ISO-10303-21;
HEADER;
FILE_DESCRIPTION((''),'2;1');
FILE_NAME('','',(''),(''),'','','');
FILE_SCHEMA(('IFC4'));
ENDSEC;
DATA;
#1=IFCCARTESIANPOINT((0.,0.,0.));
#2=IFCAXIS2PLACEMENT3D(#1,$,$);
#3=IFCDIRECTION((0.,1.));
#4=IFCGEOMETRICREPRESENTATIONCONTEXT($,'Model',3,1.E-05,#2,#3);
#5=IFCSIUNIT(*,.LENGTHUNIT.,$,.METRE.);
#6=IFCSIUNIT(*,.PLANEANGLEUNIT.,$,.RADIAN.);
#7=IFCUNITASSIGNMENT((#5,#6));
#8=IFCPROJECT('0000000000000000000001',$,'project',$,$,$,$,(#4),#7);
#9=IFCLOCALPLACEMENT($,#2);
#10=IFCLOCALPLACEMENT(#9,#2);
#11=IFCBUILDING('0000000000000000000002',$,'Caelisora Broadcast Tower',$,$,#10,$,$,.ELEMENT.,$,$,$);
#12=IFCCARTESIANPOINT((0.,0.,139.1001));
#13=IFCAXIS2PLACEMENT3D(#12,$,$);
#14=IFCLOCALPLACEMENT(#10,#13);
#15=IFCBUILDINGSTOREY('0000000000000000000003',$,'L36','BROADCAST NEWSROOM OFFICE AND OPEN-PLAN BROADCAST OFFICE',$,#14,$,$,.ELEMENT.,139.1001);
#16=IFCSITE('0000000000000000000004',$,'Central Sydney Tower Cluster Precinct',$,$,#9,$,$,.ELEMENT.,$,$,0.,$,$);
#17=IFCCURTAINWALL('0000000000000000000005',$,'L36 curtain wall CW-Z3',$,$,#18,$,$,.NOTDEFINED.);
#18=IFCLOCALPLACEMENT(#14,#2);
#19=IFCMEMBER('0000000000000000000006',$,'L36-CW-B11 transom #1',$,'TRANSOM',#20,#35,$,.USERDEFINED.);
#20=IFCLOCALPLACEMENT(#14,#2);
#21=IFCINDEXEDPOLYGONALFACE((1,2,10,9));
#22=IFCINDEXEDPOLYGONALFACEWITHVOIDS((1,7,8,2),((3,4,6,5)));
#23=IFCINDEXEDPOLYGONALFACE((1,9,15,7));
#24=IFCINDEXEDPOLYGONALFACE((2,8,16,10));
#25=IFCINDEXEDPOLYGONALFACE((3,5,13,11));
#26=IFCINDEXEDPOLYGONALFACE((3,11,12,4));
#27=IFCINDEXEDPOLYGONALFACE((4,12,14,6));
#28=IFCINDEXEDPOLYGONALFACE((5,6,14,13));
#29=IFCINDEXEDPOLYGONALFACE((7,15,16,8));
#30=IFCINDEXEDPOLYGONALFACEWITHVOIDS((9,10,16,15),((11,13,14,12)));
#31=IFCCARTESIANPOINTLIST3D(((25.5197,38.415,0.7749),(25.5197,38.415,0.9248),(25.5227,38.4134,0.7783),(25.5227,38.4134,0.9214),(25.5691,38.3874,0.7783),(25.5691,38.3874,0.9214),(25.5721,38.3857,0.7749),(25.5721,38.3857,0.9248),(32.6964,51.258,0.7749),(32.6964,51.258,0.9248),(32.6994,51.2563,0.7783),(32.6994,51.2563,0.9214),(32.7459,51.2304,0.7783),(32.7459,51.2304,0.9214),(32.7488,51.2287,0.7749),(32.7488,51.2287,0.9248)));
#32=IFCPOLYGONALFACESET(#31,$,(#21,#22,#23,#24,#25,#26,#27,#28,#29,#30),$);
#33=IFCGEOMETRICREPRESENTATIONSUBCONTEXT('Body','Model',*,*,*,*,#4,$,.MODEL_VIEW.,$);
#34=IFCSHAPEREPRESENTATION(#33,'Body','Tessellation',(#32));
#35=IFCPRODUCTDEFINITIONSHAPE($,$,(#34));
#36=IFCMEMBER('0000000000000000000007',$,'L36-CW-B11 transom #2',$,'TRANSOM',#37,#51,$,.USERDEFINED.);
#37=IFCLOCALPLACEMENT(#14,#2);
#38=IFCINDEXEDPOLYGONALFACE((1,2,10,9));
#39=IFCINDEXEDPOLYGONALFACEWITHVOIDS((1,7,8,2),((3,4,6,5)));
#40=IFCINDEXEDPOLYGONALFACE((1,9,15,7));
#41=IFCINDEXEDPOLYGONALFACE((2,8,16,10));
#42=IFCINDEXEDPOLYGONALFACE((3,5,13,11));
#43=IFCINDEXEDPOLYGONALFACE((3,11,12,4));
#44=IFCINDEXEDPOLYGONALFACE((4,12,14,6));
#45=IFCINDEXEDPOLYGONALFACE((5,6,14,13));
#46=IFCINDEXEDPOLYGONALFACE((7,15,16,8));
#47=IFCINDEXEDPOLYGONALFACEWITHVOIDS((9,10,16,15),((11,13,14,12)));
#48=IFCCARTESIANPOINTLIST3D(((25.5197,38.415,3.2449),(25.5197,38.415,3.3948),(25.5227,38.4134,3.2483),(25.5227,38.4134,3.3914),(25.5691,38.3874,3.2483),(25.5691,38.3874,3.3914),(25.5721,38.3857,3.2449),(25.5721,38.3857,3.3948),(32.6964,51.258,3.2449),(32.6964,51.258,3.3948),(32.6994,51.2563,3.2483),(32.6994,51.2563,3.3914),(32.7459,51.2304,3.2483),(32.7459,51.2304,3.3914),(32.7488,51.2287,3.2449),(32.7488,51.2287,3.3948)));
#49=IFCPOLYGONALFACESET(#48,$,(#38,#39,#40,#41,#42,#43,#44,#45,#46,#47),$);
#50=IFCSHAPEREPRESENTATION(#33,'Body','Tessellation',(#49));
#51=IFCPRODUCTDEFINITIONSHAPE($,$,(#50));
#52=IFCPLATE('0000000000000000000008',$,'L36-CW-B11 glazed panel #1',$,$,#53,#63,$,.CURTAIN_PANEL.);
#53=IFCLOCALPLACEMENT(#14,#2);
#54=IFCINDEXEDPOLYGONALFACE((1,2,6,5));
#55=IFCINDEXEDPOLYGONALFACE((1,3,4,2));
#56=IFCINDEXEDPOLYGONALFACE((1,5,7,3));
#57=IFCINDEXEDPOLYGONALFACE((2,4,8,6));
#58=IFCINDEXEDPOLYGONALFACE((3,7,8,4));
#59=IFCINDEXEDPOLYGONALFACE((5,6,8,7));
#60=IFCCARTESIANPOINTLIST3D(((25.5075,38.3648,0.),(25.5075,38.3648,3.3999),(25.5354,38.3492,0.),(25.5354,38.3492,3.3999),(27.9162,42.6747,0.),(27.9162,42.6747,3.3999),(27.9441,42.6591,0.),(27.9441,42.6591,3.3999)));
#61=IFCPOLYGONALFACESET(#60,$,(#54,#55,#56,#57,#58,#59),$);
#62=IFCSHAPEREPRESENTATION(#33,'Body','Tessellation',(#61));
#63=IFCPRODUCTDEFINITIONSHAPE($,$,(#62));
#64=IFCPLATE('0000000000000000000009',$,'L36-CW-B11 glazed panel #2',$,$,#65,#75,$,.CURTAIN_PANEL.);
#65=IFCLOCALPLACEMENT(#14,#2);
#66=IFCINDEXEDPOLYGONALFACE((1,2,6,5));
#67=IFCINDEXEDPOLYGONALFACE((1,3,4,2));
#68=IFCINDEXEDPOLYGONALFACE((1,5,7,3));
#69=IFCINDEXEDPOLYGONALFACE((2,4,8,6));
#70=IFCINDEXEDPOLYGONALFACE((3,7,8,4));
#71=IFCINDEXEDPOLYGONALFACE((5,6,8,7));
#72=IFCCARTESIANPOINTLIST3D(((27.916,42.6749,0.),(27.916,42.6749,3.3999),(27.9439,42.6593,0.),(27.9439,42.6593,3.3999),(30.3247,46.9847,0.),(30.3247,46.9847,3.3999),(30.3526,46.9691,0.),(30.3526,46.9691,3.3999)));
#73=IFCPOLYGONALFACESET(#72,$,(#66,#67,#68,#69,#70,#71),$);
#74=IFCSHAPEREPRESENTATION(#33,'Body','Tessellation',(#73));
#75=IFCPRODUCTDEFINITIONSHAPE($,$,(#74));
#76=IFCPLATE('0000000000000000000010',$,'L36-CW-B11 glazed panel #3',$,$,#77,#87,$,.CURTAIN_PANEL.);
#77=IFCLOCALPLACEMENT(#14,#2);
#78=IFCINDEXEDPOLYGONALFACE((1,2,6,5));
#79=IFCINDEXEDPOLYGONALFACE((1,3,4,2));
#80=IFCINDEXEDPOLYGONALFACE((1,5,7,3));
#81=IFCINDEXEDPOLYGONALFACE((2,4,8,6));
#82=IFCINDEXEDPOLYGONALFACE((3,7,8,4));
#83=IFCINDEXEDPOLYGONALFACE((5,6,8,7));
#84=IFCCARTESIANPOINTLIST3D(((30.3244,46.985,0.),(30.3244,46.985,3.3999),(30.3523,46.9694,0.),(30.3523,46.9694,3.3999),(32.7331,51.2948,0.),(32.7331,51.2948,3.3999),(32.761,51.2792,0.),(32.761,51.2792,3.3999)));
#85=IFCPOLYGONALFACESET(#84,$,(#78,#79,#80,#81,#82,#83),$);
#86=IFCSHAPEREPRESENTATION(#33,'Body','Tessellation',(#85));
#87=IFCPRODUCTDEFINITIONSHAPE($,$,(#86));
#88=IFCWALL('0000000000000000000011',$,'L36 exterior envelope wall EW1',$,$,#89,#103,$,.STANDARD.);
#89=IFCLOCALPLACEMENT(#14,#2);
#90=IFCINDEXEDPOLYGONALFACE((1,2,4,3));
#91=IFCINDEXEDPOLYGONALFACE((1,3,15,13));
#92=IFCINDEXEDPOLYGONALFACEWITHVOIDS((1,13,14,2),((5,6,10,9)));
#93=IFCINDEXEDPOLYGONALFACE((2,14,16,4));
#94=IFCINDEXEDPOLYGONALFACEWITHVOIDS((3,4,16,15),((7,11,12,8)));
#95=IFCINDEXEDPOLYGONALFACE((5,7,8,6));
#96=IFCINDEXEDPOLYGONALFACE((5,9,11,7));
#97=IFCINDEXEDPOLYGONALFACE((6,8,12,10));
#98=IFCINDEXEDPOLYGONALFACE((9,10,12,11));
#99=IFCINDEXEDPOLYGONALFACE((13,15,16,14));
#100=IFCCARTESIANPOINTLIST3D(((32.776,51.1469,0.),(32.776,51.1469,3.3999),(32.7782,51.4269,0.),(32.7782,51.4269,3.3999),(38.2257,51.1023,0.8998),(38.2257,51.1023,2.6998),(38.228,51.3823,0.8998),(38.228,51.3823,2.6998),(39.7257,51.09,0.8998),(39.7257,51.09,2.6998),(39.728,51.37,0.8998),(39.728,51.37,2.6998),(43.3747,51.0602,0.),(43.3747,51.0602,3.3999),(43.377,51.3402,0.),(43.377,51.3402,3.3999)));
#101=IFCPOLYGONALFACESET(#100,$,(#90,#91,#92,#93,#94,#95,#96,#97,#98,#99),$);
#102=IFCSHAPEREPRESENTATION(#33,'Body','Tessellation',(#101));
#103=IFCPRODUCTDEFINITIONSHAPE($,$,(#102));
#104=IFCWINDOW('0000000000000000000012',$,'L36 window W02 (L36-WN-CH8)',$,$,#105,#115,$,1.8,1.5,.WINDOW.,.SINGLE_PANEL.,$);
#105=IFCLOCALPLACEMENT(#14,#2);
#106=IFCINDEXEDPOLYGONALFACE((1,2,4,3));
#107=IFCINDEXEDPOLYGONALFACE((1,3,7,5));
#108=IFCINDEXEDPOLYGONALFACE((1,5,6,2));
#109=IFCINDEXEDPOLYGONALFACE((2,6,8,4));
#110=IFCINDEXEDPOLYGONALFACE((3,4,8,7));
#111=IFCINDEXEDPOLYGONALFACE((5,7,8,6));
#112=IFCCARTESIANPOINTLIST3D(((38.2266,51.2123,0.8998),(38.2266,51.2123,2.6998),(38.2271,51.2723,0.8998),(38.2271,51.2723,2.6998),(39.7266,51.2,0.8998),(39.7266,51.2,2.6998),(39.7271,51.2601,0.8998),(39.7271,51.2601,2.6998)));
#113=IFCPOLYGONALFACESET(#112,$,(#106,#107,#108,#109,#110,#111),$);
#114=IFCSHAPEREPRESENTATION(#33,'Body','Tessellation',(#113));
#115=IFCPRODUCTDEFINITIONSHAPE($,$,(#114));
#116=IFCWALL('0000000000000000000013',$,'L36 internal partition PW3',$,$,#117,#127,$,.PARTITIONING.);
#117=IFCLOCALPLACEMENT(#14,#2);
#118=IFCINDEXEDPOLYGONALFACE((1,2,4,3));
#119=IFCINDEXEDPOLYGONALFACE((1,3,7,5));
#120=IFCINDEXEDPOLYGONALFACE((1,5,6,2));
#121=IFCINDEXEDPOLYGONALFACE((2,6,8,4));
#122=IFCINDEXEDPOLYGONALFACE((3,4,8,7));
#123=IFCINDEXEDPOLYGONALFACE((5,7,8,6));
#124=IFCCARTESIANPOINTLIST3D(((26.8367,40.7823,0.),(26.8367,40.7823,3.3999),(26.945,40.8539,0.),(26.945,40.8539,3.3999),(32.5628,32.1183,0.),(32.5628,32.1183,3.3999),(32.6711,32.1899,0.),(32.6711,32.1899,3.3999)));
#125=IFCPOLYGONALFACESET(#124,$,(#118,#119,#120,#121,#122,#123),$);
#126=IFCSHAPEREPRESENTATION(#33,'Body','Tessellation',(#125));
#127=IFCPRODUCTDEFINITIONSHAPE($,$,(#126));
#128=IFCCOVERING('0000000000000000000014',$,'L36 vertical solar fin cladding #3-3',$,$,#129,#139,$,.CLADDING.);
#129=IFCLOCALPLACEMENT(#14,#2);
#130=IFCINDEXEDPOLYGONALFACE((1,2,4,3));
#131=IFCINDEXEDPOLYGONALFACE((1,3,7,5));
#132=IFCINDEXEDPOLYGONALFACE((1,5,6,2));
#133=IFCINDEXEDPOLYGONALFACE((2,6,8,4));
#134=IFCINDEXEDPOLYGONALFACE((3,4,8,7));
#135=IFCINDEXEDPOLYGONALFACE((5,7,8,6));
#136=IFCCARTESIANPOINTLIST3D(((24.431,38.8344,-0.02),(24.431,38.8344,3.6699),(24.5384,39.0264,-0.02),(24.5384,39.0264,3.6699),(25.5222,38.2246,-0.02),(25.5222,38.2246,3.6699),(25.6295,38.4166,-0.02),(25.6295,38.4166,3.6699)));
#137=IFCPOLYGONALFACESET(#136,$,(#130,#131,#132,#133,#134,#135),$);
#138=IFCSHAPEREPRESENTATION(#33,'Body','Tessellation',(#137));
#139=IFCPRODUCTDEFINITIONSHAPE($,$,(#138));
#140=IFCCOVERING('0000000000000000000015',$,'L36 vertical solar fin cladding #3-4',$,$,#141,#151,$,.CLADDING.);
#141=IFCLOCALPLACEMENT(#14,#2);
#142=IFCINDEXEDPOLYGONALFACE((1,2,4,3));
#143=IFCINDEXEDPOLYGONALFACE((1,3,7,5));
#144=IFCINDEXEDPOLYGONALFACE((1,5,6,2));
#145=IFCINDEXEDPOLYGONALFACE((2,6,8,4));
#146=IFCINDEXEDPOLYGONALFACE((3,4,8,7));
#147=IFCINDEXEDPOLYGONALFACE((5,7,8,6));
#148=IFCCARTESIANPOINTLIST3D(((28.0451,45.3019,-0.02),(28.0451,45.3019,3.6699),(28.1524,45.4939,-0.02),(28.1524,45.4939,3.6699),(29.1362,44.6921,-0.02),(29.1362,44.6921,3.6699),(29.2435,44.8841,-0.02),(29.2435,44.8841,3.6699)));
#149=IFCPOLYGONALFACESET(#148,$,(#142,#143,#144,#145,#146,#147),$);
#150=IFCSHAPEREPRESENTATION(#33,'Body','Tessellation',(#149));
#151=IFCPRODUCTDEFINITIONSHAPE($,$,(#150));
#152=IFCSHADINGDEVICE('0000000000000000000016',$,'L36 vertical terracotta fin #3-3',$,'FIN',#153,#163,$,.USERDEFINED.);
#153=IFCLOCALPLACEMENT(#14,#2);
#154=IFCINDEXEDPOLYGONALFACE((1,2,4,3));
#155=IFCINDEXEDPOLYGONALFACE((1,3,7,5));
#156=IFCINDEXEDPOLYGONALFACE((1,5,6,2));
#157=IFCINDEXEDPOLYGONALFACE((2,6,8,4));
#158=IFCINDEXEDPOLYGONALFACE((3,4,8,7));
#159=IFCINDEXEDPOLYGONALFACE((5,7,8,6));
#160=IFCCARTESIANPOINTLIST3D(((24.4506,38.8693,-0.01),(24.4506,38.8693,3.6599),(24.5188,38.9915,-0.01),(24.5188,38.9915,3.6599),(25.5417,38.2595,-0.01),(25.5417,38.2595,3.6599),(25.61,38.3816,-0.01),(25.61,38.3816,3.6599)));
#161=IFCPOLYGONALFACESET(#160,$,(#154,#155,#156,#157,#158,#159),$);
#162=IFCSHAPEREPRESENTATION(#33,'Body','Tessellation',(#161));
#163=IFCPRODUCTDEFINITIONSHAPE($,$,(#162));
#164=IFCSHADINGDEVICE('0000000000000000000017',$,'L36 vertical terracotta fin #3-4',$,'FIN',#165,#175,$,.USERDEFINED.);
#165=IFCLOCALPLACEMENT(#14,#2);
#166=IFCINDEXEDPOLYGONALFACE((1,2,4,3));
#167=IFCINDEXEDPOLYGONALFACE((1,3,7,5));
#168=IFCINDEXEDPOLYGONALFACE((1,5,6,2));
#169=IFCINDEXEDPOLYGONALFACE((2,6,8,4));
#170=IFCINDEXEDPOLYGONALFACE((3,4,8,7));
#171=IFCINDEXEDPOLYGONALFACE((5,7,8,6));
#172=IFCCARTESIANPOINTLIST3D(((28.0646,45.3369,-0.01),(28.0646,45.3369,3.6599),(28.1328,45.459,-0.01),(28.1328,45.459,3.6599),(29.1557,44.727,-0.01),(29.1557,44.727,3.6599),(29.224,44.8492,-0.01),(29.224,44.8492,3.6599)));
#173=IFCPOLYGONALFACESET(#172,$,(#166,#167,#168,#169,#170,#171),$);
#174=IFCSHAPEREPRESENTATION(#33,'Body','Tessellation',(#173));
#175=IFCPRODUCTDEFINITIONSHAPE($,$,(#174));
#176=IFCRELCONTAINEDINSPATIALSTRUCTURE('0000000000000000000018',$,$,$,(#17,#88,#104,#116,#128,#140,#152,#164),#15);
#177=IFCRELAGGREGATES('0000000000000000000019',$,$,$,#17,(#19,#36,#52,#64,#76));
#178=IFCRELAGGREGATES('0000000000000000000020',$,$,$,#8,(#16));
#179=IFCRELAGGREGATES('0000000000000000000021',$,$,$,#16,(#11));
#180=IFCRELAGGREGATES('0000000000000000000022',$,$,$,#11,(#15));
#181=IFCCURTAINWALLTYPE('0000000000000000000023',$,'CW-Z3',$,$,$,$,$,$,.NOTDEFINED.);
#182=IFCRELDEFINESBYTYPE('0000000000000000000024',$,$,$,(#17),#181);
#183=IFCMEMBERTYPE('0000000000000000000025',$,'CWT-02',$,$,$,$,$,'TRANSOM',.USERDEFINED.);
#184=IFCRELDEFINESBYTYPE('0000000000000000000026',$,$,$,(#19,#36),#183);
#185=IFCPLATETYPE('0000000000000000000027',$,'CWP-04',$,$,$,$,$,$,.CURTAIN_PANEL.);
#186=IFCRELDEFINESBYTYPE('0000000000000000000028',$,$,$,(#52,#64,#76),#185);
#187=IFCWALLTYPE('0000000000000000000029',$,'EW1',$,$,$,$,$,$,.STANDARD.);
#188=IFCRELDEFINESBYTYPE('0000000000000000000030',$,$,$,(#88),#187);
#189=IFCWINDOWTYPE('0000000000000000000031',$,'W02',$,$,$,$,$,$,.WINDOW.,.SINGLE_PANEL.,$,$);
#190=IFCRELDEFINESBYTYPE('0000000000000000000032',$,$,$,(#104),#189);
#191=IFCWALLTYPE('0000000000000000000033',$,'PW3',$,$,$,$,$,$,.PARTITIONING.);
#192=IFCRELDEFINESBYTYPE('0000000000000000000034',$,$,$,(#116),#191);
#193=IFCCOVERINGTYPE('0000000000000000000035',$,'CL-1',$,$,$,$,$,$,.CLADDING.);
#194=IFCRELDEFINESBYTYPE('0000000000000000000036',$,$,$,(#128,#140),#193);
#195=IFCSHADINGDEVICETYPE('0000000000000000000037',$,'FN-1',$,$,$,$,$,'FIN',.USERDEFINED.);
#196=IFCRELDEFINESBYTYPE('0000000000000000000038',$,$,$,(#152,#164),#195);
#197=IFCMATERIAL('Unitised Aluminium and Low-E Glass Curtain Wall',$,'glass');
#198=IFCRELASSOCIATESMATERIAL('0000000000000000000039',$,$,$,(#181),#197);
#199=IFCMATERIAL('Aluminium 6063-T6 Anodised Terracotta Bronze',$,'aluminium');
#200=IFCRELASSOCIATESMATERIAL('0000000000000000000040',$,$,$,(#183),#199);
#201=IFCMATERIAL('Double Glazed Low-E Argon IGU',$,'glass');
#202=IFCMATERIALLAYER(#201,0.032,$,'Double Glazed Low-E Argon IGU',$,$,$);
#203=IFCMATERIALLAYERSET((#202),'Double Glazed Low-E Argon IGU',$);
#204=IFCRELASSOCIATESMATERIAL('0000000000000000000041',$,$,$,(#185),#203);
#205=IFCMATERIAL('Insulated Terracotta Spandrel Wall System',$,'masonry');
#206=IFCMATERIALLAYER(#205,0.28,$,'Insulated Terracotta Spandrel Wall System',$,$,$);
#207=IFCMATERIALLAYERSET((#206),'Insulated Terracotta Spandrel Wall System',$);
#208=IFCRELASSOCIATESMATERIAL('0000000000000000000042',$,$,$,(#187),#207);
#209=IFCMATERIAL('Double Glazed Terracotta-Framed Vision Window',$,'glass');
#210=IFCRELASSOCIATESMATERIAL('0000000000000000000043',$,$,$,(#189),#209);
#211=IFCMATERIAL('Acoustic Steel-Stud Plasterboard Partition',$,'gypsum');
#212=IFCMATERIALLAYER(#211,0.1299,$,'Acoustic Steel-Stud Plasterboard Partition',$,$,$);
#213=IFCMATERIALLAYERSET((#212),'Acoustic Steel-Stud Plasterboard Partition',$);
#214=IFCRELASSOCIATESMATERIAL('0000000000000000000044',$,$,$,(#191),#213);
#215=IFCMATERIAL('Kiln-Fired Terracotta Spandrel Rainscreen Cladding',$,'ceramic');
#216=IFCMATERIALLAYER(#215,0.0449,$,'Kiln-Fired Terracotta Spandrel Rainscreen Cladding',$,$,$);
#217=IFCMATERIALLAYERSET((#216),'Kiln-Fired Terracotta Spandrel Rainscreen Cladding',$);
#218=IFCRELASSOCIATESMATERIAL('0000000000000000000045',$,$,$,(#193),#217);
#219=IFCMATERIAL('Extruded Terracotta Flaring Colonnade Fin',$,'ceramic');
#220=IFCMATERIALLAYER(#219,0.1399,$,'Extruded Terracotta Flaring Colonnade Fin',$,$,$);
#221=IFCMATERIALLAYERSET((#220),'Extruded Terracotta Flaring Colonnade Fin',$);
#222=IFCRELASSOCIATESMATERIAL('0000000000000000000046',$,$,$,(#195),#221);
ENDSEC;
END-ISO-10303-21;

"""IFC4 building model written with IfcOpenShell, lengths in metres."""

from ifc_helpers import new_model, si_unit, direction, frame, frame_2d, origin, origin_2d, place, context, subcontext, project, spatial, rectangle, hollow_rectangle, extrude, source, transform, mapped, material, layer, layer_set, material_profile, profile_set, type_object, type_shapes, element, fill, aggregate, save


model = new_model("IFC4")

# Units and contexts
model_context = context("Model", 3, precision=1e-05, world=origin(), true_north=direction((0.0, 1.0)))
body_context = subcontext(model_context, "Body", "Model", "MODEL_VIEW")
ifc_project = project(units=[si_unit("LENGTHUNIT", "METRE"), si_unit("PLANEANGLEUNIT", "RADIAN")], contexts=[model_context])

# Site, building, storey
site_placement = place(None, origin())
site = spatial("IfcSite", under=ifc_project, at=site_placement, Name="Central Sydney Tower Cluster Precinct", CompositionType="ELEMENT", RefElevation=0.0)
building_placement = place(site_placement, origin())
building = spatial("IfcBuilding", under=site, at=building_placement, Name="Caelisora Broadcast Tower", CompositionType="ELEMENT")
storey_placement = place(building_placement, frame((0.0, 0.0, 139.1001)))
storey = spatial("IfcBuildingStorey", under=building, at=storey_placement, Name="L36", Description="BROADCAST NEWSROOM OFFICE AND OPEN-PLAN BROADCAST OFFICE", CompositionType="ELEMENT", Elevation=139.1001)

# Shared definitions
ifc_material_1 = material(Name="Aluminium 6063-T6 Anodised Terracotta Bronze", Category="aluminium")

# Curtain wall, members, plates
ifc_material_2 = material(Name="Unitised Aluminium and Low-E Glass Curtain Wall", Category="glass")
curtain_wall_type_1 = type_object("IfcCurtainWallType", Name="CW-Z3", PredefinedType="NOTDEFINED", material=ifc_material_2)
curtain_wall_1_placement = place(storey_placement, origin())
curtain_wall_1 = element("IfcCurtainWall", 1, at=curtain_wall_1_placement, inside=storey, type_object=curtain_wall_type_1, Name="L36 curtain wall CW-Z3", PredefinedType="NOTDEFINED")
ifc_material_profile_1 = material_profile(ifc_material_1, hollow_rectangle(XDim=0.0601, YDim=0.1499, WallThickness=0.0034, at=origin_2d()), Name="Aluminium 6063-T6 Anodised Terracotta Bronze")
ifc_profile_set_1 = profile_set([ifc_material_profile_1], Name="Aluminium 6063-T6 Anodised Terracotta Bronze")
member_type_1 = type_object("IfcMemberType", Name="CWT-02", ElementType="TRANSOM", PredefinedType="USERDEFINED", material=ifc_profile_set_1)
shared_shape_1 = source(origin(), body_context, "Body", "SweptSolid", [
    extrude(hollow_rectangle(XDim=0.0601, YDim=0.1499, WallThickness=0.0034, at=origin_2d()), origin(), (0.0, 0.0, 1.0), 14.7122),
])
type_shapes(member_type_1, [shared_shape_1])
member_1_placement = place(storey_placement, frame((25.5459, 38.4004, 0.8499), z_axis=(0.48781, 0.87295, 0.0), x_axis=(-0.87295, 0.48781, 0.0)))
member_1 = element("IfcMember", 2, at=member_1_placement, type_object=member_type_1, Name="L36-CW-B11 transom #1", ObjectType="TRANSOM", PredefinedType="USERDEFINED", context=body_context, shape_type="MappedRepresentation", body=[
    mapped(shared_shape_1, transform((0.0, 0.0, 0.0), scale=1.0)),
])
member_2_placement = place(storey_placement, frame((25.5459, 38.4004, 3.3198), z_axis=(0.48781, 0.87295, 0.0), x_axis=(-0.87295, 0.48781, 0.0)))
member_2 = element("IfcMember", 3, at=member_2_placement, type_object=member_type_1, Name="L36-CW-B11 transom #2", ObjectType="TRANSOM", PredefinedType="USERDEFINED", context=body_context, shape_type="MappedRepresentation", body=[
    mapped(shared_shape_1, transform((0.0, 0.0, 0.0), scale=1.0)),
])
ifc_material_3 = material(Name="Double Glazed Low-E Argon IGU", Category="glass")
ifc_layer_1 = layer(ifc_material_3, 0.032, Name="Double Glazed Low-E Argon IGU")
ifc_layer_set_1 = layer_set([ifc_layer_1], Name="Double Glazed Low-E Argon IGU")
plate_type = type_object("IfcPlateType", Name="CWP-04", PredefinedType="CURTAIN_PANEL", material=ifc_layer_set_1)
shared_shape_2 = source(origin(), body_context, "Body", "SweptSolid", [
    extrude(rectangle(XDim=4.9373, YDim=0.032, at=origin_2d()), origin(), (0.0, 0.0, 1.0), 3.3999),
])
type_shapes(plate_type, [shared_shape_2])
plate_1_placement = place(storey_placement, frame((26.7258, 40.512, 0.0), z_axis=(0.0, 0.0, 1.0), x_axis=(0.48786, 0.872922, 0.0)))
plate_1 = element("IfcPlate", 4, at=plate_1_placement, type_object=plate_type, Name="L36-CW-B11 glazed panel #1", PredefinedType="CURTAIN_PANEL", context=body_context, shape_type="MappedRepresentation", body=[
    mapped(shared_shape_2, transform((0.0, 0.0, 0.0), scale=1.0)),
])
plate_2_placement = place(storey_placement, frame((29.1343, 44.822, 0.0), z_axis=(0.0, 0.0, 1.0), x_axis=(0.48786, 0.872922, 0.0)))
plate_2 = element("IfcPlate", 5, at=plate_2_placement, type_object=plate_type, Name="L36-CW-B11 glazed panel #2", PredefinedType="CURTAIN_PANEL", context=body_context, shape_type="MappedRepresentation", body=[
    mapped(shared_shape_2, transform((0.0, 0.0, 0.0), scale=1.0)),
])
plate_3_placement = place(storey_placement, frame((31.5427, 49.1321, 0.0), z_axis=(0.0, 0.0, 1.0), x_axis=(0.48786, 0.872922, 0.0)))
plate_3 = element("IfcPlate", 6, at=plate_3_placement, type_object=plate_type, Name="L36-CW-B11 glazed panel #3", PredefinedType="CURTAIN_PANEL", context=body_context, shape_type="MappedRepresentation", body=[
    mapped(shared_shape_2, transform((0.0, 0.0, 0.0), scale=1.0)),
])
aggregate(curtain_wall_1, [member_1, member_2, plate_1, plate_2, plate_3])

# Wall, opening, window
ifc_material_4 = material(Name="Insulated Terracotta Spandrel Wall System", Category="masonry")
ifc_layer_2 = layer(ifc_material_4, 0.28, Name="Insulated Terracotta Spandrel Wall System")
ifc_layer_set_2 = layer_set([ifc_layer_2], Name="Insulated Terracotta Spandrel Wall System")
wall_type_1 = type_object("IfcWallType", Name="EW1", PredefinedType="STANDARD", material=ifc_layer_set_2)
wall_1_placement = place(storey_placement, frame((32.7771, 51.2869, 0.0), z_axis=(0.0, 0.0, 1.0), x_axis=(0.999967, -0.008177, 0.0)))
wall_1 = element("IfcWall", 7, at=wall_1_placement, inside=storey, type_object=wall_type_1, Name="L36 exterior envelope wall EW1", PredefinedType="STANDARD", context=body_context, shape_type="SweptSolid", body=[
    extrude(rectangle(XDim=10.5991, YDim=0.28, at=frame_2d((5.2996, 0.0))), origin(), (0.0, 0.0, 1.0), 3.3999),
])
opening_placement = place(wall_1_placement, frame((5.45, 0.0, 0.8999)))
opening = element("IfcOpeningElement", 8, at=opening_placement, cuts=wall_1, PredefinedType="OPENING", context=body_context, shape_type="SweptSolid", body=[
    extrude(rectangle(XDim=1.5, YDim=1.8, at=frame_2d((0.75, 0.8999))), frame((0.0, 0.1521, 0.0), z_axis=(0.0, -1.0, 0.0), x_axis=(1.0, 0.0, 0.0)), (0.0, 0.0, 1.0), 0.304),
])
ifc_material_5 = material(Name="Double Glazed Terracotta-Framed Vision Window", Category="glass")
window_type = type_object("IfcWindowType", Name="W02", PartitioningType="SINGLE_PANEL", PredefinedType="WINDOW", material=ifc_material_5)
window_placement = place(opening_placement, origin())
window = element("IfcWindow", 9, at=window_placement, inside=storey, type_object=window_type, Name="L36 window W02 (L36-WN-CH8)", OverallHeight=1.8, OverallWidth=1.5, PartitioningType="SINGLE_PANEL", PredefinedType="WINDOW", context=body_context, shape_type="SweptSolid", body=[
    extrude(rectangle(XDim=1.5, YDim=1.8, at=frame_2d((0.75, 0.8999))), frame((0.0, 0.03, 0.0), z_axis=(0.0, -1.0, 0.0), x_axis=(1.0, 0.0, 0.0)), (0.0, 0.0, 1.0), 0.0601),
])
fill(opening, window)

# Wall
ifc_material_6 = material(Name="Acoustic Steel-Stud Plasterboard Partition", Category="gypsum")
ifc_layer_3 = layer(ifc_material_6, 0.1299, Name="Acoustic Steel-Stud Plasterboard Partition")
ifc_layer_set_3 = layer_set([ifc_layer_3], Name="Acoustic Steel-Stud Plasterboard Partition")
wall_type_2 = type_object("IfcWallType", Name="PW3", PredefinedType="PARTITIONING", material=ifc_layer_set_3)
wall_2_placement = place(storey_placement, frame((26.8909, 40.8181, 0.0), z_axis=(0.0, 0.0, 1.0), x_axis=(0.551365, -0.834264, 0.0)))
element("IfcWall", 10, at=wall_2_placement, inside=storey, type_object=wall_type_2, Name="L36 internal partition PW3", PredefinedType="PARTITIONING", context=body_context, shape_type="SweptSolid", body=[
    extrude(rectangle(XDim=10.3853, YDim=0.1299, at=frame_2d((5.1926, 0.0))), origin(), (0.0, 0.0, 1.0), 3.3999),
])

# Coverings
ifc_material_7 = material(Name="Kiln-Fired Terracotta Spandrel Rainscreen Cladding", Category="ceramic")
ifc_layer_4 = layer(ifc_material_7, 0.0449, Name="Kiln-Fired Terracotta Spandrel Rainscreen Cladding")
ifc_layer_set_4 = layer_set([ifc_layer_4], Name="Kiln-Fired Terracotta Spandrel Rainscreen Cladding")
covering_type = type_object("IfcCoveringType", Name="CL-1", PredefinedType="CLADDING", material=ifc_layer_set_4)
shared_shape_3 = source(origin(), body_context, "Body", "SweptSolid", [
    extrude(rectangle(XDim=0.22, YDim=1.25, at=origin_2d()), origin(), (0.0, 0.0, 1.0), 3.6899),
])
type_shapes(covering_type, [shared_shape_3])
for number, where, z_axis, x_axis, name in (
    (11, (25.0303, 38.6255, -0.02), (0.0, 0.0, 1.0), (0.48786, 0.872922, 0.0), "L36 vertical solar fin cladding #3-3"),
    (12, (28.6443, 45.093, -0.02), (0.0, 0.0, 1.0), (0.48786, 0.872922, 0.0), "L36 vertical solar fin cladding #3-4"),
):
    element("IfcCovering", number, at=place(storey_placement, frame(where, z_axis=z_axis, x_axis=x_axis)), inside=storey, type_object=covering_type, Name=name, PredefinedType="CLADDING", context=body_context, shape_type="MappedRepresentation", body=[
        mapped(shared_shape_3, transform((0.0, 0.0, 0.0), scale=1.0)),
    ])

# Shading devices
ifc_material_8 = material(Name="Extruded Terracotta Flaring Colonnade Fin", Category="ceramic")
ifc_layer_5 = layer(ifc_material_8, 0.1399, Name="Extruded Terracotta Flaring Colonnade Fin")
ifc_layer_set_5 = layer_set([ifc_layer_5], Name="Extruded Terracotta Flaring Colonnade Fin")
shading_device_type = type_object("IfcShadingDeviceType", Name="FN-1", ElementType="FIN", PredefinedType="USERDEFINED", material=ifc_layer_set_5)
shared_shape_4 = source(origin(), body_context, "Body", "SweptSolid", [
    extrude(rectangle(XDim=0.1399, YDim=1.25, at=origin_2d()), origin(), (0.0, 0.0, 1.0), 3.6699),
])
type_shapes(shading_device_type, [shared_shape_4])
for number, where, z_axis, x_axis, name in (
    (13, (25.0303, 38.6255, -0.01), (0.0, 0.0, 1.0), (0.48786, 0.872922, 0.0), "L36 vertical terracotta fin #3-3"),
    (14, (28.6443, 45.093, -0.01), (0.0, 0.0, 1.0), (0.48786, 0.872922, 0.0), "L36 vertical terracotta fin #3-4"),
):
    element("IfcShadingDevice", number, at=place(storey_placement, frame(where, z_axis=z_axis, x_axis=x_axis)), inside=storey, type_object=shading_device_type, Name=name, ObjectType="FIN", PredefinedType="USERDEFINED", context=body_context, shape_type="MappedRepresentation", body=[
        mapped(shared_shape_4, transform((0.0, 0.0, 0.0), scale=1.0)),
    ])

save(model, "model.ifc")
